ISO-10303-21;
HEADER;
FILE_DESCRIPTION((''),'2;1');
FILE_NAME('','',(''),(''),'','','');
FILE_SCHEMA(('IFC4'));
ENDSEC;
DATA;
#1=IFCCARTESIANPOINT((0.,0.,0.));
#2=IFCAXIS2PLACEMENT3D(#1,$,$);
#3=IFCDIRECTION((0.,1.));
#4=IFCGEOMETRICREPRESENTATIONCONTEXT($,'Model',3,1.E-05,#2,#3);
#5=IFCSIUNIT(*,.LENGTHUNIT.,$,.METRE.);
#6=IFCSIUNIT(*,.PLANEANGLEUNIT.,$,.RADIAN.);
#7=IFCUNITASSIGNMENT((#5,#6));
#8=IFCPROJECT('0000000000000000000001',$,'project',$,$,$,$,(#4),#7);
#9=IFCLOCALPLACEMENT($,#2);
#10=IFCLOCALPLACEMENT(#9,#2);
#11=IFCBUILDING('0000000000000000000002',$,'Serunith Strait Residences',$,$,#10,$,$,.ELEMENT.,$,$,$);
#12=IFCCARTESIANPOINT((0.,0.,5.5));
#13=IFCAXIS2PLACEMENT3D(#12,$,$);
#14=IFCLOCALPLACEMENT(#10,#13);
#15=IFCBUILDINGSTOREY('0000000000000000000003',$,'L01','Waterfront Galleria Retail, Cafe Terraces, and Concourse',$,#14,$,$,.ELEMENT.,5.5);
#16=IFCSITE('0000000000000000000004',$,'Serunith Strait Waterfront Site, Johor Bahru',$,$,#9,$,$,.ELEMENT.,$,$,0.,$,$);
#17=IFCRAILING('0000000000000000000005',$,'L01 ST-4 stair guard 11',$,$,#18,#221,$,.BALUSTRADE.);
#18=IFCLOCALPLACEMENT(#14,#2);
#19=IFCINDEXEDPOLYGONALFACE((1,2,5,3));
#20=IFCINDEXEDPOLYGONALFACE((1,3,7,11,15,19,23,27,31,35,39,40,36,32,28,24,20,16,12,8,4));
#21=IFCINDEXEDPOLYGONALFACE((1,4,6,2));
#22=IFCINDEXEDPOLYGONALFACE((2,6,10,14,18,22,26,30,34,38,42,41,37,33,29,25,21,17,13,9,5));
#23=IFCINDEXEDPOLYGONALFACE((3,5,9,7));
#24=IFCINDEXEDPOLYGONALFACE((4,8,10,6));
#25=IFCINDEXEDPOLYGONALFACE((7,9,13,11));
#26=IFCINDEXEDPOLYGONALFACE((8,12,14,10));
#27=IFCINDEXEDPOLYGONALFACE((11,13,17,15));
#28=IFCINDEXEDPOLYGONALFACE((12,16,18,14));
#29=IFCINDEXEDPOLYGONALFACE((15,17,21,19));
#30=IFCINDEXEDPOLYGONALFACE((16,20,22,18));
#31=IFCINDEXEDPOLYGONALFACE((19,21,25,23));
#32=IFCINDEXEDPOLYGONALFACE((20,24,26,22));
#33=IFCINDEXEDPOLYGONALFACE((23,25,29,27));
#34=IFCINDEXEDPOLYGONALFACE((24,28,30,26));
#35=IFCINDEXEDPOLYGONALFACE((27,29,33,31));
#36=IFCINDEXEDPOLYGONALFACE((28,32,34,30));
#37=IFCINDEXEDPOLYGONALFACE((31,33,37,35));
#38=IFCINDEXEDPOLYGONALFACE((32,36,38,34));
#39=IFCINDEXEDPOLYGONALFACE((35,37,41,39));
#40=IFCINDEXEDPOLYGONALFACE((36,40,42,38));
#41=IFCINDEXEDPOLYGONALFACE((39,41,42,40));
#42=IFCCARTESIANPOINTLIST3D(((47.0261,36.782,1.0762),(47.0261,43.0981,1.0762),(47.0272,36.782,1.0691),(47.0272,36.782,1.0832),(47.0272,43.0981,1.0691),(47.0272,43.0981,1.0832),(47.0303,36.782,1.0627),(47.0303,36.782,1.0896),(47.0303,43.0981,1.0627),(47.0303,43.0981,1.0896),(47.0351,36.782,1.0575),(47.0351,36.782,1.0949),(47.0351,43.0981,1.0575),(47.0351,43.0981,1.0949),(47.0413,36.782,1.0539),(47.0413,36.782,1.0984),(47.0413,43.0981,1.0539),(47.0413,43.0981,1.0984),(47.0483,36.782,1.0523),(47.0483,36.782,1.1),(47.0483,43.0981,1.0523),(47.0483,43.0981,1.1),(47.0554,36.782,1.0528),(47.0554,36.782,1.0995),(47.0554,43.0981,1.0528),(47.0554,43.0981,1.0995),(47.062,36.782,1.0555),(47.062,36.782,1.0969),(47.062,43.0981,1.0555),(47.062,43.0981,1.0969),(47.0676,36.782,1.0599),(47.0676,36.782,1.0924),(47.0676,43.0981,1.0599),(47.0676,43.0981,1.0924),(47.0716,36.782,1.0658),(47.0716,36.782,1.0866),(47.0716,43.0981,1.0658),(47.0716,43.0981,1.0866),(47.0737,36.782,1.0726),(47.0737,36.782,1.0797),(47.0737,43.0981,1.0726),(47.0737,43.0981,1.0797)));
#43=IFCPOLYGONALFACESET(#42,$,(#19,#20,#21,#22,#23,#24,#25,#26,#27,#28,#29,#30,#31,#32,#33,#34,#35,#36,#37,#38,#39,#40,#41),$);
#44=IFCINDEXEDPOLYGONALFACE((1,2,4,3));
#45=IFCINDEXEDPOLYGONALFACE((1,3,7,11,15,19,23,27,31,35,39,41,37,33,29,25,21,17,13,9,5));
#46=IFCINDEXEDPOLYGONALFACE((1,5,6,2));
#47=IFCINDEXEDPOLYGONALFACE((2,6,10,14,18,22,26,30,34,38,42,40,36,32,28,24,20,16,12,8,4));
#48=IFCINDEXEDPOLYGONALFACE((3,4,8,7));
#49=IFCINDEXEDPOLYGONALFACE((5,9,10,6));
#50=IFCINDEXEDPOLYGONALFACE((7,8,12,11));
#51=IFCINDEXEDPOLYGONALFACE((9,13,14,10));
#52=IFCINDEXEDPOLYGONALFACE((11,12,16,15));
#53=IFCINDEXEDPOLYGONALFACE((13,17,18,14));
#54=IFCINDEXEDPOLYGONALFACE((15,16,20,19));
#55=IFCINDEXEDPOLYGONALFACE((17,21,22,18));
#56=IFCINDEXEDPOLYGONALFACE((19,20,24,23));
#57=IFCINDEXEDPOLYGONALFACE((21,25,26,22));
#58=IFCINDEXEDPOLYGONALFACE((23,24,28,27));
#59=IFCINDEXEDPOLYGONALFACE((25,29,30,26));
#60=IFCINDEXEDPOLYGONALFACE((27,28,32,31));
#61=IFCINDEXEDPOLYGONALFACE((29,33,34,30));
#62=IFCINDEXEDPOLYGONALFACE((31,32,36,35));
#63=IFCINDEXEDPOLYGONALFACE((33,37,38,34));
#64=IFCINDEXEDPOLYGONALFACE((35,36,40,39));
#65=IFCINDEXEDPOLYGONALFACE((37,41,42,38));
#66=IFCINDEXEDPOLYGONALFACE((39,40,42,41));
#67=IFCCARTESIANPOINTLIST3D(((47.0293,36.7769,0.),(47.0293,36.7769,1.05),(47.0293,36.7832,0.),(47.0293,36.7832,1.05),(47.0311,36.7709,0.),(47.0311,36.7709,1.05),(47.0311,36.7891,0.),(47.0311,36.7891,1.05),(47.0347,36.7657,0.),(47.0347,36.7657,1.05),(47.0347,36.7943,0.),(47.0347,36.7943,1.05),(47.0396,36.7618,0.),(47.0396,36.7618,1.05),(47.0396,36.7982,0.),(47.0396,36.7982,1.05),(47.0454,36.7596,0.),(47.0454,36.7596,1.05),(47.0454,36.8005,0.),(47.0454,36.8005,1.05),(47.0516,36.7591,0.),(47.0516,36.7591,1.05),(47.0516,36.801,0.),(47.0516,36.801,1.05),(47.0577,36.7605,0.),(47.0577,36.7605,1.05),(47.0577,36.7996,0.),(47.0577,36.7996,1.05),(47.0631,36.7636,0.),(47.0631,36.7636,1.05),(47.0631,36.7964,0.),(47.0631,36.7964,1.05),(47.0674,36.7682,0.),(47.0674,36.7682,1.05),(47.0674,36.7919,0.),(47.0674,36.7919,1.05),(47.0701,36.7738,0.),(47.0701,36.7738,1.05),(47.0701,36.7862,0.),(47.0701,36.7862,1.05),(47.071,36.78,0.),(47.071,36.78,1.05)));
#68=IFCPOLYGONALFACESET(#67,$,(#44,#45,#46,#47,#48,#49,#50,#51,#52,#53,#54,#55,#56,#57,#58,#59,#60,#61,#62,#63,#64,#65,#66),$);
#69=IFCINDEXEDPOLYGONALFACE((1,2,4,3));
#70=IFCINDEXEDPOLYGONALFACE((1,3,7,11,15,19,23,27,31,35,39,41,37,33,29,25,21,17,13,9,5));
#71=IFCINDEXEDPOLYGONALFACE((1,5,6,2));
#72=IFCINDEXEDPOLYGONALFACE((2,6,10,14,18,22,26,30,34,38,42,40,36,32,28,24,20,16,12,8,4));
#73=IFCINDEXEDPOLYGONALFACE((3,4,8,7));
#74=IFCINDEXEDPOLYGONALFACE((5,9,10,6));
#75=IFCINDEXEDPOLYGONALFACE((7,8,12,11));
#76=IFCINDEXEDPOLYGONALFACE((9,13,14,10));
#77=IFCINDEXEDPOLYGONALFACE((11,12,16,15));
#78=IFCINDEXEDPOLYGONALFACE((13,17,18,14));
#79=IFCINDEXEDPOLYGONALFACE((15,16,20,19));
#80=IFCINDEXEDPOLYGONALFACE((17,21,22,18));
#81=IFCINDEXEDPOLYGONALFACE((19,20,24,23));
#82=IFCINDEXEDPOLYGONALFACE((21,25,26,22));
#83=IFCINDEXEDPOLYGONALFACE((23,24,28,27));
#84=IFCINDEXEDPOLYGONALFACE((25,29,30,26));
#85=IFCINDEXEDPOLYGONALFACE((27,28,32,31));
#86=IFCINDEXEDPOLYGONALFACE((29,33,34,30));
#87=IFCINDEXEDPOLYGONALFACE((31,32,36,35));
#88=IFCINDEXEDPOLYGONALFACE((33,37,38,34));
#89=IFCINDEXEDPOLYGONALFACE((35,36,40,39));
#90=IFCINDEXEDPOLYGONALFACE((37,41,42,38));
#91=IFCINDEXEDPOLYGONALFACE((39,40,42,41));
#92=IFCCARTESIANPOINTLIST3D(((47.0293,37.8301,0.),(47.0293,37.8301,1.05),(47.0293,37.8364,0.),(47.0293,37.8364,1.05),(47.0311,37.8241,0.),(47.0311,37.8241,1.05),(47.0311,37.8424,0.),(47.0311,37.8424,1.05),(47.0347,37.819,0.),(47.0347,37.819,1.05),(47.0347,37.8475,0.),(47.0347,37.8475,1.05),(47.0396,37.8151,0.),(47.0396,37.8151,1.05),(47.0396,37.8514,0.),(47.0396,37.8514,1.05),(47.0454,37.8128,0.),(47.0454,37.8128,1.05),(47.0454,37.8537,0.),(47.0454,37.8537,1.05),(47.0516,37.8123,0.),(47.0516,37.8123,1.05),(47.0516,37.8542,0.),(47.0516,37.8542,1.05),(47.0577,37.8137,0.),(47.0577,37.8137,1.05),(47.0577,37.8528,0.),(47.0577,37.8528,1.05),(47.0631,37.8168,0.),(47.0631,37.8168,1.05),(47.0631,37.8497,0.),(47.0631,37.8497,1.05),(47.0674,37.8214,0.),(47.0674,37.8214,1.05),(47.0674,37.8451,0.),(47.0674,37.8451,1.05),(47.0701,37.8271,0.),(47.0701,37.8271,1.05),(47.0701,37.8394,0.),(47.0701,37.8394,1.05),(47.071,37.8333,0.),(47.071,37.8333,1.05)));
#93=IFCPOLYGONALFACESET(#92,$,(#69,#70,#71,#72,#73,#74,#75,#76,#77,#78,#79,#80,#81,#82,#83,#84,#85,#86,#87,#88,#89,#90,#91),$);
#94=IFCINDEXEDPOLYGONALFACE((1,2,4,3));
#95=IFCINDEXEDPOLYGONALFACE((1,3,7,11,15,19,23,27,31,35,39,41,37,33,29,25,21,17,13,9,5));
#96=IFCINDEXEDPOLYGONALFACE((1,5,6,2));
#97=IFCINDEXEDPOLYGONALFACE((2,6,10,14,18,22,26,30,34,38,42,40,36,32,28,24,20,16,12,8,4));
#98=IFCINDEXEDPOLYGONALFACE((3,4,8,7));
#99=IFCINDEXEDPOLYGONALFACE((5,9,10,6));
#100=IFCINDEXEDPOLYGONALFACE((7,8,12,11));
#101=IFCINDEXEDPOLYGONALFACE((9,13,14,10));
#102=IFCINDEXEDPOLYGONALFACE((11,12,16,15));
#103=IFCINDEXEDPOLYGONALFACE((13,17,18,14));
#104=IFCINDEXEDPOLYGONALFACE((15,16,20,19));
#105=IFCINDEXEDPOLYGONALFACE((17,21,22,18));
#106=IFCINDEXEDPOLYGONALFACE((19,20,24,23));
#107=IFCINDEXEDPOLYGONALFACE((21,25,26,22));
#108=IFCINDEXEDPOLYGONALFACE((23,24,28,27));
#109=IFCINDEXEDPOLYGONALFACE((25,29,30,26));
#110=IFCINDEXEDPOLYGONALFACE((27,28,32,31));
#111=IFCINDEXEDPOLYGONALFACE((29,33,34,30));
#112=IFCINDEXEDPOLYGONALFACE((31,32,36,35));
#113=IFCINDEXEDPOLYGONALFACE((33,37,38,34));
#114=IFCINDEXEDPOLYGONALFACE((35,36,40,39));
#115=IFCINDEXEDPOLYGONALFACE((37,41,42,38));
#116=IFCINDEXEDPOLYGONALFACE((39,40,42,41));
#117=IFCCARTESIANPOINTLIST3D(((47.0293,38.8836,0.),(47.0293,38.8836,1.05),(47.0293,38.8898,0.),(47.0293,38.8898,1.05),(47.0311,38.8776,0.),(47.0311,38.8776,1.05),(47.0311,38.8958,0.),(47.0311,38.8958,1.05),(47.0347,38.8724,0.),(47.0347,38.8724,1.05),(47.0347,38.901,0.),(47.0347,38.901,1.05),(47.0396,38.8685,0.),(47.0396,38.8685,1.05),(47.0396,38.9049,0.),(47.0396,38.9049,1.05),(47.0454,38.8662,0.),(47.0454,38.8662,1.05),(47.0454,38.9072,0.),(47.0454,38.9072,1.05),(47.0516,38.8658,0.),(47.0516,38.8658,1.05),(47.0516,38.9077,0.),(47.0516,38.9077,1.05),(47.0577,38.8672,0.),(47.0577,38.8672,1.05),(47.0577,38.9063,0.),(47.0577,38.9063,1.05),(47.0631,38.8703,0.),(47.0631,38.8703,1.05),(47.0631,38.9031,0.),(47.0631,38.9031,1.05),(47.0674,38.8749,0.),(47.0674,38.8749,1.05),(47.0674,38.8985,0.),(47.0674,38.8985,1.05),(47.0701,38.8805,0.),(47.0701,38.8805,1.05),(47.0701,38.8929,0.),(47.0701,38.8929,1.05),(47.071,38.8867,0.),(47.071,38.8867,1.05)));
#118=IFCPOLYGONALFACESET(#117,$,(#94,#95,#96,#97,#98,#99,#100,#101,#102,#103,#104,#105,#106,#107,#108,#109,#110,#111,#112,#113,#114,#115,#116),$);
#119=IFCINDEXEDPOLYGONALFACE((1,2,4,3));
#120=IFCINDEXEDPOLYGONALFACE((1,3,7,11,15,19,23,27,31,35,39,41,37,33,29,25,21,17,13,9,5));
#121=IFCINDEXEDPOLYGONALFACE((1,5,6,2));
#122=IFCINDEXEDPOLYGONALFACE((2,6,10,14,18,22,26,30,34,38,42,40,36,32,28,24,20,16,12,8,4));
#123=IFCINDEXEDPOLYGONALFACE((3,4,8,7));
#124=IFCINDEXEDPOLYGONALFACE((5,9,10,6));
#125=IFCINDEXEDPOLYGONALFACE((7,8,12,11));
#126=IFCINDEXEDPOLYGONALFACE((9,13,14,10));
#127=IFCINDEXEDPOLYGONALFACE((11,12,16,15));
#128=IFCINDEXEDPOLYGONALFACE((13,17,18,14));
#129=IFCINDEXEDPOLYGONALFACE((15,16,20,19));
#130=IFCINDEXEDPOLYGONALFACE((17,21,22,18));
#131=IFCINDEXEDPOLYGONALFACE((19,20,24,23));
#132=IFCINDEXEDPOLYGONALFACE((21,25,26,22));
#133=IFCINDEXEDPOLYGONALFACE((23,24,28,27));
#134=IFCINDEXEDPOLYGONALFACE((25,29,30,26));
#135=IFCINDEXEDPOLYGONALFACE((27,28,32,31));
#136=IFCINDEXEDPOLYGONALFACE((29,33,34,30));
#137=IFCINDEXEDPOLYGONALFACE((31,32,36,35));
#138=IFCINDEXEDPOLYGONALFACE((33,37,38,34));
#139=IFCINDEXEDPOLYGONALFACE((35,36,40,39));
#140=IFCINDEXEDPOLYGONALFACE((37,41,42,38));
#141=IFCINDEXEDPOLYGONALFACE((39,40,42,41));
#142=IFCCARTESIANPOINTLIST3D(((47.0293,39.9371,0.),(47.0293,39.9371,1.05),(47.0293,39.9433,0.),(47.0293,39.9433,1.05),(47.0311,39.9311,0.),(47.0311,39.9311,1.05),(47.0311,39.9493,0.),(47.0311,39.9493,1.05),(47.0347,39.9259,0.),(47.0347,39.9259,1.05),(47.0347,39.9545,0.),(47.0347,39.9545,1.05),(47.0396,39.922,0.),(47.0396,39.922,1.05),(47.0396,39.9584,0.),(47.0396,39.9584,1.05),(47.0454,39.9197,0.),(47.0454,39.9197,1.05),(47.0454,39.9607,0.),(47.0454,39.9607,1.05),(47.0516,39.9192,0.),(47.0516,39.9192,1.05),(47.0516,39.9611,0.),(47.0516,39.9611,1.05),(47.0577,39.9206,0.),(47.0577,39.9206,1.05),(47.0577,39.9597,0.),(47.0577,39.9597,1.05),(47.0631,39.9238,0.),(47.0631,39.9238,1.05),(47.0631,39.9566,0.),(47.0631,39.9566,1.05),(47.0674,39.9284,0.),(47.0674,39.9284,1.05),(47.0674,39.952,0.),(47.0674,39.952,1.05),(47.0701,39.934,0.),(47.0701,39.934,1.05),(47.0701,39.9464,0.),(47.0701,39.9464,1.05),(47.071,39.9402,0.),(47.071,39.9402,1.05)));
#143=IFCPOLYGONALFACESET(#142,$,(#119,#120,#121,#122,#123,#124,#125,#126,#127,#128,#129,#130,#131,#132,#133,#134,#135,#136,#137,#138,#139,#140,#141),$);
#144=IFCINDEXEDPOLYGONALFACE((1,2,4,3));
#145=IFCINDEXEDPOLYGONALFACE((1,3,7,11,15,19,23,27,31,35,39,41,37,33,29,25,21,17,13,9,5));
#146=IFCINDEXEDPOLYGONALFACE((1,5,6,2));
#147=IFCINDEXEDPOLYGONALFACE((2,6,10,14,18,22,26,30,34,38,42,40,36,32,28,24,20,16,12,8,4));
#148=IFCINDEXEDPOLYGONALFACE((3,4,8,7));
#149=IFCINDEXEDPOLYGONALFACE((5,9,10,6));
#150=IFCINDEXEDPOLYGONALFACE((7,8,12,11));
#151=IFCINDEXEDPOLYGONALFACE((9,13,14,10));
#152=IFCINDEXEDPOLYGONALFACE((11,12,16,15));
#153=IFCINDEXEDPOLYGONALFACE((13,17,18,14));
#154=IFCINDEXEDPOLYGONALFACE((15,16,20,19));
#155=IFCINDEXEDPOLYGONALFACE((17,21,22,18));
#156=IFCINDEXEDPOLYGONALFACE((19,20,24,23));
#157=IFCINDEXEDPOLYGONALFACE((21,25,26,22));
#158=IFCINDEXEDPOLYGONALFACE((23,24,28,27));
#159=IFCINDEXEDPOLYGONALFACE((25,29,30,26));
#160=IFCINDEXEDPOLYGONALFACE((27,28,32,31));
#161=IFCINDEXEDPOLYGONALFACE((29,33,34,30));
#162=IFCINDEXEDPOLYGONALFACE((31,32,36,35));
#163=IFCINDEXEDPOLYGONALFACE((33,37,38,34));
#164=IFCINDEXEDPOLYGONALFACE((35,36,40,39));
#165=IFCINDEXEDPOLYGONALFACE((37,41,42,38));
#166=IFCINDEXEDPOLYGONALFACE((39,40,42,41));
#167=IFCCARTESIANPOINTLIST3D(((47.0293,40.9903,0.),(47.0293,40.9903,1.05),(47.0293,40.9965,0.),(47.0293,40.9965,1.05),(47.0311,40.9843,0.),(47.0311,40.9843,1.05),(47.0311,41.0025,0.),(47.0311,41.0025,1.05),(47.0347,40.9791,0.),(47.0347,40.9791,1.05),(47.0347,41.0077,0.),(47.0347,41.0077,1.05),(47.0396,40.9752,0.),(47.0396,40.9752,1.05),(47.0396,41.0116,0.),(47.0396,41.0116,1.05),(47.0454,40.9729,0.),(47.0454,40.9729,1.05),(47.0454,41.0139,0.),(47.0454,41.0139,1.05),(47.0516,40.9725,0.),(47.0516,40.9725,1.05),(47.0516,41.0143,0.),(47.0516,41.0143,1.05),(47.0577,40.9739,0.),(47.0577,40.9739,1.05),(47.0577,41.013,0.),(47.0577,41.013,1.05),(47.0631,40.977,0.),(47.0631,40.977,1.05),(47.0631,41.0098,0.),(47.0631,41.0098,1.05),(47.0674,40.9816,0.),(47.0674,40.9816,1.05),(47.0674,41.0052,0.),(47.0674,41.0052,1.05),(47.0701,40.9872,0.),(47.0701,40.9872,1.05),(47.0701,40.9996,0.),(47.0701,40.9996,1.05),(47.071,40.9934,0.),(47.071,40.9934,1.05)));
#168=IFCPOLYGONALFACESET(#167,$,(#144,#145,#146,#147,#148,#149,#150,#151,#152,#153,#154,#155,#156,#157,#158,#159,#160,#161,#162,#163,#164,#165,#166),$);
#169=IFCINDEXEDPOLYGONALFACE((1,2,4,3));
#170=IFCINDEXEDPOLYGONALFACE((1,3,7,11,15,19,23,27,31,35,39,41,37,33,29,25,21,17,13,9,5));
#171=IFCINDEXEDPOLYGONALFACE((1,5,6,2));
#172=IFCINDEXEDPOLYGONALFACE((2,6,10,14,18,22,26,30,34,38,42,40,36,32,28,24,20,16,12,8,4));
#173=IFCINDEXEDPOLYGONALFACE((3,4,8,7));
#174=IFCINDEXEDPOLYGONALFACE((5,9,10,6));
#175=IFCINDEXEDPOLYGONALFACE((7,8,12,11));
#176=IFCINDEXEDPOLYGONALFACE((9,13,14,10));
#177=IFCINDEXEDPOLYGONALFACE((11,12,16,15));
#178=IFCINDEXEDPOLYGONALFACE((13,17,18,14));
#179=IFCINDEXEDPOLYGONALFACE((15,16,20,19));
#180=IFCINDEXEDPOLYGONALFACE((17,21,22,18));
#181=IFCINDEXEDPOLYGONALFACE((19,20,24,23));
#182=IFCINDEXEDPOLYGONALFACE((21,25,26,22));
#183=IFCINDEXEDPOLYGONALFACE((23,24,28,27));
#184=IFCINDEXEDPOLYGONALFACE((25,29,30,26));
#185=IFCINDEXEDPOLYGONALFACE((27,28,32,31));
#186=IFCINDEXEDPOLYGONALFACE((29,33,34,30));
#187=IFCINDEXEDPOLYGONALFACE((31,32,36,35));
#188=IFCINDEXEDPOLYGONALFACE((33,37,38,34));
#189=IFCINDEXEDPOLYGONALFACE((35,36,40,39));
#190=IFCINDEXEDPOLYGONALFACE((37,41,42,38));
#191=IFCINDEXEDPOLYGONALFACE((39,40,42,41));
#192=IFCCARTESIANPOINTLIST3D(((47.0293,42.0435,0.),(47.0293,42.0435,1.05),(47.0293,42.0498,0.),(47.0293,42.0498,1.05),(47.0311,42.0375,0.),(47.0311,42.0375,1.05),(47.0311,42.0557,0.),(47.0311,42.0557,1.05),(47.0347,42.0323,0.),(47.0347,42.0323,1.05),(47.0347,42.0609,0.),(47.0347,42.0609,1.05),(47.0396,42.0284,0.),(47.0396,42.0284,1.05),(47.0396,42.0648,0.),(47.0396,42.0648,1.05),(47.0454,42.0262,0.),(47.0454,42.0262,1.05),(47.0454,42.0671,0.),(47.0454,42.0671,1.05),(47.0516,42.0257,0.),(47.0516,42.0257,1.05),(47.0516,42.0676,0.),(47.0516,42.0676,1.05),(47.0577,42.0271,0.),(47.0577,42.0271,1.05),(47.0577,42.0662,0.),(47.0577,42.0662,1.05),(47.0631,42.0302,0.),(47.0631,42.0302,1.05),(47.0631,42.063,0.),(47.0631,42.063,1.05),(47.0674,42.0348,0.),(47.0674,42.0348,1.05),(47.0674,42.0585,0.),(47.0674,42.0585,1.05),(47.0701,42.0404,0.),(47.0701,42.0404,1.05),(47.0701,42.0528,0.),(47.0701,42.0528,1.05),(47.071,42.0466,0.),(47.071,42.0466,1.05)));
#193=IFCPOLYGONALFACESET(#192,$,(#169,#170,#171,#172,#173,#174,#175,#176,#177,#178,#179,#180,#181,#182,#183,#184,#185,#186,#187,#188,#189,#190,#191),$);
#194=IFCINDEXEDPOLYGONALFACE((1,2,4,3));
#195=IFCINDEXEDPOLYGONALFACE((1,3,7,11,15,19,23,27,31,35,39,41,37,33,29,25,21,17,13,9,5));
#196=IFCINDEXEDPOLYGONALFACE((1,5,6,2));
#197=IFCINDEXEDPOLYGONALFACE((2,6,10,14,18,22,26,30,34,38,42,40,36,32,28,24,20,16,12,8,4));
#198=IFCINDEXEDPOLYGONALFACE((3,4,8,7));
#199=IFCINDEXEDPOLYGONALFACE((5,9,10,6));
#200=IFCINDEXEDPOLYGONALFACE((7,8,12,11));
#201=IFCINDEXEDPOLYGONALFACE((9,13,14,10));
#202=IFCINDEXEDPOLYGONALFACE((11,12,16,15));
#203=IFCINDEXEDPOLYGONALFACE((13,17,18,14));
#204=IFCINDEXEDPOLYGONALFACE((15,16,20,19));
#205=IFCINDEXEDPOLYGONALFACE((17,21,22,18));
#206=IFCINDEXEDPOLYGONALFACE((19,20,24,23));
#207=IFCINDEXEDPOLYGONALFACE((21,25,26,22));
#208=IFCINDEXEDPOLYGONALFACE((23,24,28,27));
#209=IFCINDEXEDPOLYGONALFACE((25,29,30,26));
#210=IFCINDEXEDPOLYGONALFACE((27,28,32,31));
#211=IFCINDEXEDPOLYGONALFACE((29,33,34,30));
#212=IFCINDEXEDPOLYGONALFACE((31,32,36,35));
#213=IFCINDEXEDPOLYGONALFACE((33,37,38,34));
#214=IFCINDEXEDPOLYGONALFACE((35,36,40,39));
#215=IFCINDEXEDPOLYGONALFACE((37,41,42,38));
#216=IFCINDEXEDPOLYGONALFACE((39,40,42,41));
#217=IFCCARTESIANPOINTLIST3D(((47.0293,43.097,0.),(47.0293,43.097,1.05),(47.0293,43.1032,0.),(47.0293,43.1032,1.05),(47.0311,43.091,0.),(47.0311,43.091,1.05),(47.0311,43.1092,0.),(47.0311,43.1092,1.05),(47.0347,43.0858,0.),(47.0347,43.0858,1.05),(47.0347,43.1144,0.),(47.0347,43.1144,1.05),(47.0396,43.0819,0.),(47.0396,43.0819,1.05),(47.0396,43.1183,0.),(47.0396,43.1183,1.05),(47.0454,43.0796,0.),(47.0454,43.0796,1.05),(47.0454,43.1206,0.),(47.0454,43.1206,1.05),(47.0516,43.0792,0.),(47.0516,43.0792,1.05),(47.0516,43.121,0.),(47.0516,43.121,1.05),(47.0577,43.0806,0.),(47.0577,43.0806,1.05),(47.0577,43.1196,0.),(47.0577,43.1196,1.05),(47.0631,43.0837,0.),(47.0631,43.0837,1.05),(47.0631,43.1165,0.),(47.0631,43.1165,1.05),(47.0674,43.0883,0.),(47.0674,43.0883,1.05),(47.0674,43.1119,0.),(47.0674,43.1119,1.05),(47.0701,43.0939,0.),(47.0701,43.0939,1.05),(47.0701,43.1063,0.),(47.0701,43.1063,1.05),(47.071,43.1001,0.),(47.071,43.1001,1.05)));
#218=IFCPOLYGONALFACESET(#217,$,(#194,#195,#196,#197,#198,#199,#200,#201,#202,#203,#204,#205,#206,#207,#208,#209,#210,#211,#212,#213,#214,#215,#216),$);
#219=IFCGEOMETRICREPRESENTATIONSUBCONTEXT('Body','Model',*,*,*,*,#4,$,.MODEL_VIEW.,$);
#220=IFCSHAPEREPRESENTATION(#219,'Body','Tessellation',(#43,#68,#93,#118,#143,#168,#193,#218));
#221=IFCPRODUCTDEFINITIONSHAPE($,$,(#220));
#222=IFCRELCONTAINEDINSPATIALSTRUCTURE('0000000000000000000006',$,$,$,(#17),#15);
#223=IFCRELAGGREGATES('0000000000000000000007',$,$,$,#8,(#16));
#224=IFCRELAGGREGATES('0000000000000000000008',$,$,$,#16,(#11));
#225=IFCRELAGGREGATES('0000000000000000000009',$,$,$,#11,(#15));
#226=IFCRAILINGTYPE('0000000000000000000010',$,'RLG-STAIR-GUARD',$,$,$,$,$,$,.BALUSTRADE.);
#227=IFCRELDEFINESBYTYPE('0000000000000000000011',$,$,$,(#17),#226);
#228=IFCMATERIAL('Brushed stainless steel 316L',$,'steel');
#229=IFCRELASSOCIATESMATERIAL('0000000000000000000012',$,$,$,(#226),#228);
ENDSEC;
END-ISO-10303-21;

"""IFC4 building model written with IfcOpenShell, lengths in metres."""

from ifc_helpers import new_model, si_unit, direction, frame, origin, origin_2d, place, context, subcontext, project, spatial, circle, extrude, material, type_object, element, save


model = new_model("IFC4")

# Units and contexts
model_context = context("Model", 3, precision=1e-05, world=origin(), true_north=direction((0.0, 1.0)))
body_context = subcontext(model_context, "Body", "Model", "MODEL_VIEW")
ifc_project = project(units=[si_unit("LENGTHUNIT", "METRE"), si_unit("PLANEANGLEUNIT", "RADIAN")], contexts=[model_context])

# Site, building, storey
site_placement = place(None, origin())
site = spatial("IfcSite", under=ifc_project, at=site_placement, Name="Serunith Strait Waterfront Site, Johor Bahru", CompositionType="ELEMENT", RefElevation=0.0)
building_placement = place(site_placement, origin())
building = spatial("IfcBuilding", under=site, at=building_placement, Name="Serunith Strait Residences", CompositionType="ELEMENT")
storey_placement = place(building_placement, frame((0.0, 0.0, 5.5)))
storey = spatial("IfcBuildingStorey", under=building, at=storey_placement, Name="L01", Description="Waterfront Galleria Retail, Cafe Terraces, and Concourse", CompositionType="ELEMENT", Elevation=5.5)

# Railing
ifc_material_1 = material(Name="Brushed stainless steel 316L", Category="steel")
railing_type = type_object("IfcRailingType", Name="RLG-STAIR-GUARD", PredefinedType="BALUSTRADE", material=ifc_material_1)
railing_1_placement = place(storey_placement, frame((47.05, 36.78, 0.0)))
element("IfcRailing", 1, at=railing_1_placement, inside=storey, type_object=railing_type, Name="L01 ST-4 stair guard 11", PredefinedType="BALUSTRADE", context=body_context, shape_type="SweptSolid", body=[
    extrude(circle(Radius=0.0239, at=origin_2d()), frame((0.0, 0.002, 1.0762), z_axis=(0.0, 1.0, 0.0), x_axis=(-1.0, 0.0, 0.0)), (0.0, 0.0, 1.0), 6.3162),
    extrude(circle(Radius=0.021, at=origin_2d()), origin(), (0.0, 0.0, 1.0), 1.05),
    extrude(circle(Radius=0.021, at=origin_2d()), frame((0.0, 1.0532, 0.0)), (0.0, 0.0, 1.0), 1.05),
    extrude(circle(Radius=0.021, at=origin_2d()), frame((0.0, 2.1067, 0.0)), (0.0, 0.0, 1.0), 1.05),
    extrude(circle(Radius=0.021, at=origin_2d()), frame((0.0, 3.1602, 0.0)), (0.0, 0.0, 1.0), 1.05),
    extrude(circle(Radius=0.021, at=origin_2d()), frame((0.0, 4.2134, 0.0)), (0.0, 0.0, 1.0), 1.05),
    extrude(circle(Radius=0.021, at=origin_2d()), frame((0.0, 5.2666, 0.0)), (0.0, 0.0, 1.0), 1.05),
    extrude(circle(Radius=0.021, at=origin_2d()), frame((0.0, 6.3201, 0.0)), (0.0, 0.0, 1.0), 1.05),
])

save(model, "model.ifc")
